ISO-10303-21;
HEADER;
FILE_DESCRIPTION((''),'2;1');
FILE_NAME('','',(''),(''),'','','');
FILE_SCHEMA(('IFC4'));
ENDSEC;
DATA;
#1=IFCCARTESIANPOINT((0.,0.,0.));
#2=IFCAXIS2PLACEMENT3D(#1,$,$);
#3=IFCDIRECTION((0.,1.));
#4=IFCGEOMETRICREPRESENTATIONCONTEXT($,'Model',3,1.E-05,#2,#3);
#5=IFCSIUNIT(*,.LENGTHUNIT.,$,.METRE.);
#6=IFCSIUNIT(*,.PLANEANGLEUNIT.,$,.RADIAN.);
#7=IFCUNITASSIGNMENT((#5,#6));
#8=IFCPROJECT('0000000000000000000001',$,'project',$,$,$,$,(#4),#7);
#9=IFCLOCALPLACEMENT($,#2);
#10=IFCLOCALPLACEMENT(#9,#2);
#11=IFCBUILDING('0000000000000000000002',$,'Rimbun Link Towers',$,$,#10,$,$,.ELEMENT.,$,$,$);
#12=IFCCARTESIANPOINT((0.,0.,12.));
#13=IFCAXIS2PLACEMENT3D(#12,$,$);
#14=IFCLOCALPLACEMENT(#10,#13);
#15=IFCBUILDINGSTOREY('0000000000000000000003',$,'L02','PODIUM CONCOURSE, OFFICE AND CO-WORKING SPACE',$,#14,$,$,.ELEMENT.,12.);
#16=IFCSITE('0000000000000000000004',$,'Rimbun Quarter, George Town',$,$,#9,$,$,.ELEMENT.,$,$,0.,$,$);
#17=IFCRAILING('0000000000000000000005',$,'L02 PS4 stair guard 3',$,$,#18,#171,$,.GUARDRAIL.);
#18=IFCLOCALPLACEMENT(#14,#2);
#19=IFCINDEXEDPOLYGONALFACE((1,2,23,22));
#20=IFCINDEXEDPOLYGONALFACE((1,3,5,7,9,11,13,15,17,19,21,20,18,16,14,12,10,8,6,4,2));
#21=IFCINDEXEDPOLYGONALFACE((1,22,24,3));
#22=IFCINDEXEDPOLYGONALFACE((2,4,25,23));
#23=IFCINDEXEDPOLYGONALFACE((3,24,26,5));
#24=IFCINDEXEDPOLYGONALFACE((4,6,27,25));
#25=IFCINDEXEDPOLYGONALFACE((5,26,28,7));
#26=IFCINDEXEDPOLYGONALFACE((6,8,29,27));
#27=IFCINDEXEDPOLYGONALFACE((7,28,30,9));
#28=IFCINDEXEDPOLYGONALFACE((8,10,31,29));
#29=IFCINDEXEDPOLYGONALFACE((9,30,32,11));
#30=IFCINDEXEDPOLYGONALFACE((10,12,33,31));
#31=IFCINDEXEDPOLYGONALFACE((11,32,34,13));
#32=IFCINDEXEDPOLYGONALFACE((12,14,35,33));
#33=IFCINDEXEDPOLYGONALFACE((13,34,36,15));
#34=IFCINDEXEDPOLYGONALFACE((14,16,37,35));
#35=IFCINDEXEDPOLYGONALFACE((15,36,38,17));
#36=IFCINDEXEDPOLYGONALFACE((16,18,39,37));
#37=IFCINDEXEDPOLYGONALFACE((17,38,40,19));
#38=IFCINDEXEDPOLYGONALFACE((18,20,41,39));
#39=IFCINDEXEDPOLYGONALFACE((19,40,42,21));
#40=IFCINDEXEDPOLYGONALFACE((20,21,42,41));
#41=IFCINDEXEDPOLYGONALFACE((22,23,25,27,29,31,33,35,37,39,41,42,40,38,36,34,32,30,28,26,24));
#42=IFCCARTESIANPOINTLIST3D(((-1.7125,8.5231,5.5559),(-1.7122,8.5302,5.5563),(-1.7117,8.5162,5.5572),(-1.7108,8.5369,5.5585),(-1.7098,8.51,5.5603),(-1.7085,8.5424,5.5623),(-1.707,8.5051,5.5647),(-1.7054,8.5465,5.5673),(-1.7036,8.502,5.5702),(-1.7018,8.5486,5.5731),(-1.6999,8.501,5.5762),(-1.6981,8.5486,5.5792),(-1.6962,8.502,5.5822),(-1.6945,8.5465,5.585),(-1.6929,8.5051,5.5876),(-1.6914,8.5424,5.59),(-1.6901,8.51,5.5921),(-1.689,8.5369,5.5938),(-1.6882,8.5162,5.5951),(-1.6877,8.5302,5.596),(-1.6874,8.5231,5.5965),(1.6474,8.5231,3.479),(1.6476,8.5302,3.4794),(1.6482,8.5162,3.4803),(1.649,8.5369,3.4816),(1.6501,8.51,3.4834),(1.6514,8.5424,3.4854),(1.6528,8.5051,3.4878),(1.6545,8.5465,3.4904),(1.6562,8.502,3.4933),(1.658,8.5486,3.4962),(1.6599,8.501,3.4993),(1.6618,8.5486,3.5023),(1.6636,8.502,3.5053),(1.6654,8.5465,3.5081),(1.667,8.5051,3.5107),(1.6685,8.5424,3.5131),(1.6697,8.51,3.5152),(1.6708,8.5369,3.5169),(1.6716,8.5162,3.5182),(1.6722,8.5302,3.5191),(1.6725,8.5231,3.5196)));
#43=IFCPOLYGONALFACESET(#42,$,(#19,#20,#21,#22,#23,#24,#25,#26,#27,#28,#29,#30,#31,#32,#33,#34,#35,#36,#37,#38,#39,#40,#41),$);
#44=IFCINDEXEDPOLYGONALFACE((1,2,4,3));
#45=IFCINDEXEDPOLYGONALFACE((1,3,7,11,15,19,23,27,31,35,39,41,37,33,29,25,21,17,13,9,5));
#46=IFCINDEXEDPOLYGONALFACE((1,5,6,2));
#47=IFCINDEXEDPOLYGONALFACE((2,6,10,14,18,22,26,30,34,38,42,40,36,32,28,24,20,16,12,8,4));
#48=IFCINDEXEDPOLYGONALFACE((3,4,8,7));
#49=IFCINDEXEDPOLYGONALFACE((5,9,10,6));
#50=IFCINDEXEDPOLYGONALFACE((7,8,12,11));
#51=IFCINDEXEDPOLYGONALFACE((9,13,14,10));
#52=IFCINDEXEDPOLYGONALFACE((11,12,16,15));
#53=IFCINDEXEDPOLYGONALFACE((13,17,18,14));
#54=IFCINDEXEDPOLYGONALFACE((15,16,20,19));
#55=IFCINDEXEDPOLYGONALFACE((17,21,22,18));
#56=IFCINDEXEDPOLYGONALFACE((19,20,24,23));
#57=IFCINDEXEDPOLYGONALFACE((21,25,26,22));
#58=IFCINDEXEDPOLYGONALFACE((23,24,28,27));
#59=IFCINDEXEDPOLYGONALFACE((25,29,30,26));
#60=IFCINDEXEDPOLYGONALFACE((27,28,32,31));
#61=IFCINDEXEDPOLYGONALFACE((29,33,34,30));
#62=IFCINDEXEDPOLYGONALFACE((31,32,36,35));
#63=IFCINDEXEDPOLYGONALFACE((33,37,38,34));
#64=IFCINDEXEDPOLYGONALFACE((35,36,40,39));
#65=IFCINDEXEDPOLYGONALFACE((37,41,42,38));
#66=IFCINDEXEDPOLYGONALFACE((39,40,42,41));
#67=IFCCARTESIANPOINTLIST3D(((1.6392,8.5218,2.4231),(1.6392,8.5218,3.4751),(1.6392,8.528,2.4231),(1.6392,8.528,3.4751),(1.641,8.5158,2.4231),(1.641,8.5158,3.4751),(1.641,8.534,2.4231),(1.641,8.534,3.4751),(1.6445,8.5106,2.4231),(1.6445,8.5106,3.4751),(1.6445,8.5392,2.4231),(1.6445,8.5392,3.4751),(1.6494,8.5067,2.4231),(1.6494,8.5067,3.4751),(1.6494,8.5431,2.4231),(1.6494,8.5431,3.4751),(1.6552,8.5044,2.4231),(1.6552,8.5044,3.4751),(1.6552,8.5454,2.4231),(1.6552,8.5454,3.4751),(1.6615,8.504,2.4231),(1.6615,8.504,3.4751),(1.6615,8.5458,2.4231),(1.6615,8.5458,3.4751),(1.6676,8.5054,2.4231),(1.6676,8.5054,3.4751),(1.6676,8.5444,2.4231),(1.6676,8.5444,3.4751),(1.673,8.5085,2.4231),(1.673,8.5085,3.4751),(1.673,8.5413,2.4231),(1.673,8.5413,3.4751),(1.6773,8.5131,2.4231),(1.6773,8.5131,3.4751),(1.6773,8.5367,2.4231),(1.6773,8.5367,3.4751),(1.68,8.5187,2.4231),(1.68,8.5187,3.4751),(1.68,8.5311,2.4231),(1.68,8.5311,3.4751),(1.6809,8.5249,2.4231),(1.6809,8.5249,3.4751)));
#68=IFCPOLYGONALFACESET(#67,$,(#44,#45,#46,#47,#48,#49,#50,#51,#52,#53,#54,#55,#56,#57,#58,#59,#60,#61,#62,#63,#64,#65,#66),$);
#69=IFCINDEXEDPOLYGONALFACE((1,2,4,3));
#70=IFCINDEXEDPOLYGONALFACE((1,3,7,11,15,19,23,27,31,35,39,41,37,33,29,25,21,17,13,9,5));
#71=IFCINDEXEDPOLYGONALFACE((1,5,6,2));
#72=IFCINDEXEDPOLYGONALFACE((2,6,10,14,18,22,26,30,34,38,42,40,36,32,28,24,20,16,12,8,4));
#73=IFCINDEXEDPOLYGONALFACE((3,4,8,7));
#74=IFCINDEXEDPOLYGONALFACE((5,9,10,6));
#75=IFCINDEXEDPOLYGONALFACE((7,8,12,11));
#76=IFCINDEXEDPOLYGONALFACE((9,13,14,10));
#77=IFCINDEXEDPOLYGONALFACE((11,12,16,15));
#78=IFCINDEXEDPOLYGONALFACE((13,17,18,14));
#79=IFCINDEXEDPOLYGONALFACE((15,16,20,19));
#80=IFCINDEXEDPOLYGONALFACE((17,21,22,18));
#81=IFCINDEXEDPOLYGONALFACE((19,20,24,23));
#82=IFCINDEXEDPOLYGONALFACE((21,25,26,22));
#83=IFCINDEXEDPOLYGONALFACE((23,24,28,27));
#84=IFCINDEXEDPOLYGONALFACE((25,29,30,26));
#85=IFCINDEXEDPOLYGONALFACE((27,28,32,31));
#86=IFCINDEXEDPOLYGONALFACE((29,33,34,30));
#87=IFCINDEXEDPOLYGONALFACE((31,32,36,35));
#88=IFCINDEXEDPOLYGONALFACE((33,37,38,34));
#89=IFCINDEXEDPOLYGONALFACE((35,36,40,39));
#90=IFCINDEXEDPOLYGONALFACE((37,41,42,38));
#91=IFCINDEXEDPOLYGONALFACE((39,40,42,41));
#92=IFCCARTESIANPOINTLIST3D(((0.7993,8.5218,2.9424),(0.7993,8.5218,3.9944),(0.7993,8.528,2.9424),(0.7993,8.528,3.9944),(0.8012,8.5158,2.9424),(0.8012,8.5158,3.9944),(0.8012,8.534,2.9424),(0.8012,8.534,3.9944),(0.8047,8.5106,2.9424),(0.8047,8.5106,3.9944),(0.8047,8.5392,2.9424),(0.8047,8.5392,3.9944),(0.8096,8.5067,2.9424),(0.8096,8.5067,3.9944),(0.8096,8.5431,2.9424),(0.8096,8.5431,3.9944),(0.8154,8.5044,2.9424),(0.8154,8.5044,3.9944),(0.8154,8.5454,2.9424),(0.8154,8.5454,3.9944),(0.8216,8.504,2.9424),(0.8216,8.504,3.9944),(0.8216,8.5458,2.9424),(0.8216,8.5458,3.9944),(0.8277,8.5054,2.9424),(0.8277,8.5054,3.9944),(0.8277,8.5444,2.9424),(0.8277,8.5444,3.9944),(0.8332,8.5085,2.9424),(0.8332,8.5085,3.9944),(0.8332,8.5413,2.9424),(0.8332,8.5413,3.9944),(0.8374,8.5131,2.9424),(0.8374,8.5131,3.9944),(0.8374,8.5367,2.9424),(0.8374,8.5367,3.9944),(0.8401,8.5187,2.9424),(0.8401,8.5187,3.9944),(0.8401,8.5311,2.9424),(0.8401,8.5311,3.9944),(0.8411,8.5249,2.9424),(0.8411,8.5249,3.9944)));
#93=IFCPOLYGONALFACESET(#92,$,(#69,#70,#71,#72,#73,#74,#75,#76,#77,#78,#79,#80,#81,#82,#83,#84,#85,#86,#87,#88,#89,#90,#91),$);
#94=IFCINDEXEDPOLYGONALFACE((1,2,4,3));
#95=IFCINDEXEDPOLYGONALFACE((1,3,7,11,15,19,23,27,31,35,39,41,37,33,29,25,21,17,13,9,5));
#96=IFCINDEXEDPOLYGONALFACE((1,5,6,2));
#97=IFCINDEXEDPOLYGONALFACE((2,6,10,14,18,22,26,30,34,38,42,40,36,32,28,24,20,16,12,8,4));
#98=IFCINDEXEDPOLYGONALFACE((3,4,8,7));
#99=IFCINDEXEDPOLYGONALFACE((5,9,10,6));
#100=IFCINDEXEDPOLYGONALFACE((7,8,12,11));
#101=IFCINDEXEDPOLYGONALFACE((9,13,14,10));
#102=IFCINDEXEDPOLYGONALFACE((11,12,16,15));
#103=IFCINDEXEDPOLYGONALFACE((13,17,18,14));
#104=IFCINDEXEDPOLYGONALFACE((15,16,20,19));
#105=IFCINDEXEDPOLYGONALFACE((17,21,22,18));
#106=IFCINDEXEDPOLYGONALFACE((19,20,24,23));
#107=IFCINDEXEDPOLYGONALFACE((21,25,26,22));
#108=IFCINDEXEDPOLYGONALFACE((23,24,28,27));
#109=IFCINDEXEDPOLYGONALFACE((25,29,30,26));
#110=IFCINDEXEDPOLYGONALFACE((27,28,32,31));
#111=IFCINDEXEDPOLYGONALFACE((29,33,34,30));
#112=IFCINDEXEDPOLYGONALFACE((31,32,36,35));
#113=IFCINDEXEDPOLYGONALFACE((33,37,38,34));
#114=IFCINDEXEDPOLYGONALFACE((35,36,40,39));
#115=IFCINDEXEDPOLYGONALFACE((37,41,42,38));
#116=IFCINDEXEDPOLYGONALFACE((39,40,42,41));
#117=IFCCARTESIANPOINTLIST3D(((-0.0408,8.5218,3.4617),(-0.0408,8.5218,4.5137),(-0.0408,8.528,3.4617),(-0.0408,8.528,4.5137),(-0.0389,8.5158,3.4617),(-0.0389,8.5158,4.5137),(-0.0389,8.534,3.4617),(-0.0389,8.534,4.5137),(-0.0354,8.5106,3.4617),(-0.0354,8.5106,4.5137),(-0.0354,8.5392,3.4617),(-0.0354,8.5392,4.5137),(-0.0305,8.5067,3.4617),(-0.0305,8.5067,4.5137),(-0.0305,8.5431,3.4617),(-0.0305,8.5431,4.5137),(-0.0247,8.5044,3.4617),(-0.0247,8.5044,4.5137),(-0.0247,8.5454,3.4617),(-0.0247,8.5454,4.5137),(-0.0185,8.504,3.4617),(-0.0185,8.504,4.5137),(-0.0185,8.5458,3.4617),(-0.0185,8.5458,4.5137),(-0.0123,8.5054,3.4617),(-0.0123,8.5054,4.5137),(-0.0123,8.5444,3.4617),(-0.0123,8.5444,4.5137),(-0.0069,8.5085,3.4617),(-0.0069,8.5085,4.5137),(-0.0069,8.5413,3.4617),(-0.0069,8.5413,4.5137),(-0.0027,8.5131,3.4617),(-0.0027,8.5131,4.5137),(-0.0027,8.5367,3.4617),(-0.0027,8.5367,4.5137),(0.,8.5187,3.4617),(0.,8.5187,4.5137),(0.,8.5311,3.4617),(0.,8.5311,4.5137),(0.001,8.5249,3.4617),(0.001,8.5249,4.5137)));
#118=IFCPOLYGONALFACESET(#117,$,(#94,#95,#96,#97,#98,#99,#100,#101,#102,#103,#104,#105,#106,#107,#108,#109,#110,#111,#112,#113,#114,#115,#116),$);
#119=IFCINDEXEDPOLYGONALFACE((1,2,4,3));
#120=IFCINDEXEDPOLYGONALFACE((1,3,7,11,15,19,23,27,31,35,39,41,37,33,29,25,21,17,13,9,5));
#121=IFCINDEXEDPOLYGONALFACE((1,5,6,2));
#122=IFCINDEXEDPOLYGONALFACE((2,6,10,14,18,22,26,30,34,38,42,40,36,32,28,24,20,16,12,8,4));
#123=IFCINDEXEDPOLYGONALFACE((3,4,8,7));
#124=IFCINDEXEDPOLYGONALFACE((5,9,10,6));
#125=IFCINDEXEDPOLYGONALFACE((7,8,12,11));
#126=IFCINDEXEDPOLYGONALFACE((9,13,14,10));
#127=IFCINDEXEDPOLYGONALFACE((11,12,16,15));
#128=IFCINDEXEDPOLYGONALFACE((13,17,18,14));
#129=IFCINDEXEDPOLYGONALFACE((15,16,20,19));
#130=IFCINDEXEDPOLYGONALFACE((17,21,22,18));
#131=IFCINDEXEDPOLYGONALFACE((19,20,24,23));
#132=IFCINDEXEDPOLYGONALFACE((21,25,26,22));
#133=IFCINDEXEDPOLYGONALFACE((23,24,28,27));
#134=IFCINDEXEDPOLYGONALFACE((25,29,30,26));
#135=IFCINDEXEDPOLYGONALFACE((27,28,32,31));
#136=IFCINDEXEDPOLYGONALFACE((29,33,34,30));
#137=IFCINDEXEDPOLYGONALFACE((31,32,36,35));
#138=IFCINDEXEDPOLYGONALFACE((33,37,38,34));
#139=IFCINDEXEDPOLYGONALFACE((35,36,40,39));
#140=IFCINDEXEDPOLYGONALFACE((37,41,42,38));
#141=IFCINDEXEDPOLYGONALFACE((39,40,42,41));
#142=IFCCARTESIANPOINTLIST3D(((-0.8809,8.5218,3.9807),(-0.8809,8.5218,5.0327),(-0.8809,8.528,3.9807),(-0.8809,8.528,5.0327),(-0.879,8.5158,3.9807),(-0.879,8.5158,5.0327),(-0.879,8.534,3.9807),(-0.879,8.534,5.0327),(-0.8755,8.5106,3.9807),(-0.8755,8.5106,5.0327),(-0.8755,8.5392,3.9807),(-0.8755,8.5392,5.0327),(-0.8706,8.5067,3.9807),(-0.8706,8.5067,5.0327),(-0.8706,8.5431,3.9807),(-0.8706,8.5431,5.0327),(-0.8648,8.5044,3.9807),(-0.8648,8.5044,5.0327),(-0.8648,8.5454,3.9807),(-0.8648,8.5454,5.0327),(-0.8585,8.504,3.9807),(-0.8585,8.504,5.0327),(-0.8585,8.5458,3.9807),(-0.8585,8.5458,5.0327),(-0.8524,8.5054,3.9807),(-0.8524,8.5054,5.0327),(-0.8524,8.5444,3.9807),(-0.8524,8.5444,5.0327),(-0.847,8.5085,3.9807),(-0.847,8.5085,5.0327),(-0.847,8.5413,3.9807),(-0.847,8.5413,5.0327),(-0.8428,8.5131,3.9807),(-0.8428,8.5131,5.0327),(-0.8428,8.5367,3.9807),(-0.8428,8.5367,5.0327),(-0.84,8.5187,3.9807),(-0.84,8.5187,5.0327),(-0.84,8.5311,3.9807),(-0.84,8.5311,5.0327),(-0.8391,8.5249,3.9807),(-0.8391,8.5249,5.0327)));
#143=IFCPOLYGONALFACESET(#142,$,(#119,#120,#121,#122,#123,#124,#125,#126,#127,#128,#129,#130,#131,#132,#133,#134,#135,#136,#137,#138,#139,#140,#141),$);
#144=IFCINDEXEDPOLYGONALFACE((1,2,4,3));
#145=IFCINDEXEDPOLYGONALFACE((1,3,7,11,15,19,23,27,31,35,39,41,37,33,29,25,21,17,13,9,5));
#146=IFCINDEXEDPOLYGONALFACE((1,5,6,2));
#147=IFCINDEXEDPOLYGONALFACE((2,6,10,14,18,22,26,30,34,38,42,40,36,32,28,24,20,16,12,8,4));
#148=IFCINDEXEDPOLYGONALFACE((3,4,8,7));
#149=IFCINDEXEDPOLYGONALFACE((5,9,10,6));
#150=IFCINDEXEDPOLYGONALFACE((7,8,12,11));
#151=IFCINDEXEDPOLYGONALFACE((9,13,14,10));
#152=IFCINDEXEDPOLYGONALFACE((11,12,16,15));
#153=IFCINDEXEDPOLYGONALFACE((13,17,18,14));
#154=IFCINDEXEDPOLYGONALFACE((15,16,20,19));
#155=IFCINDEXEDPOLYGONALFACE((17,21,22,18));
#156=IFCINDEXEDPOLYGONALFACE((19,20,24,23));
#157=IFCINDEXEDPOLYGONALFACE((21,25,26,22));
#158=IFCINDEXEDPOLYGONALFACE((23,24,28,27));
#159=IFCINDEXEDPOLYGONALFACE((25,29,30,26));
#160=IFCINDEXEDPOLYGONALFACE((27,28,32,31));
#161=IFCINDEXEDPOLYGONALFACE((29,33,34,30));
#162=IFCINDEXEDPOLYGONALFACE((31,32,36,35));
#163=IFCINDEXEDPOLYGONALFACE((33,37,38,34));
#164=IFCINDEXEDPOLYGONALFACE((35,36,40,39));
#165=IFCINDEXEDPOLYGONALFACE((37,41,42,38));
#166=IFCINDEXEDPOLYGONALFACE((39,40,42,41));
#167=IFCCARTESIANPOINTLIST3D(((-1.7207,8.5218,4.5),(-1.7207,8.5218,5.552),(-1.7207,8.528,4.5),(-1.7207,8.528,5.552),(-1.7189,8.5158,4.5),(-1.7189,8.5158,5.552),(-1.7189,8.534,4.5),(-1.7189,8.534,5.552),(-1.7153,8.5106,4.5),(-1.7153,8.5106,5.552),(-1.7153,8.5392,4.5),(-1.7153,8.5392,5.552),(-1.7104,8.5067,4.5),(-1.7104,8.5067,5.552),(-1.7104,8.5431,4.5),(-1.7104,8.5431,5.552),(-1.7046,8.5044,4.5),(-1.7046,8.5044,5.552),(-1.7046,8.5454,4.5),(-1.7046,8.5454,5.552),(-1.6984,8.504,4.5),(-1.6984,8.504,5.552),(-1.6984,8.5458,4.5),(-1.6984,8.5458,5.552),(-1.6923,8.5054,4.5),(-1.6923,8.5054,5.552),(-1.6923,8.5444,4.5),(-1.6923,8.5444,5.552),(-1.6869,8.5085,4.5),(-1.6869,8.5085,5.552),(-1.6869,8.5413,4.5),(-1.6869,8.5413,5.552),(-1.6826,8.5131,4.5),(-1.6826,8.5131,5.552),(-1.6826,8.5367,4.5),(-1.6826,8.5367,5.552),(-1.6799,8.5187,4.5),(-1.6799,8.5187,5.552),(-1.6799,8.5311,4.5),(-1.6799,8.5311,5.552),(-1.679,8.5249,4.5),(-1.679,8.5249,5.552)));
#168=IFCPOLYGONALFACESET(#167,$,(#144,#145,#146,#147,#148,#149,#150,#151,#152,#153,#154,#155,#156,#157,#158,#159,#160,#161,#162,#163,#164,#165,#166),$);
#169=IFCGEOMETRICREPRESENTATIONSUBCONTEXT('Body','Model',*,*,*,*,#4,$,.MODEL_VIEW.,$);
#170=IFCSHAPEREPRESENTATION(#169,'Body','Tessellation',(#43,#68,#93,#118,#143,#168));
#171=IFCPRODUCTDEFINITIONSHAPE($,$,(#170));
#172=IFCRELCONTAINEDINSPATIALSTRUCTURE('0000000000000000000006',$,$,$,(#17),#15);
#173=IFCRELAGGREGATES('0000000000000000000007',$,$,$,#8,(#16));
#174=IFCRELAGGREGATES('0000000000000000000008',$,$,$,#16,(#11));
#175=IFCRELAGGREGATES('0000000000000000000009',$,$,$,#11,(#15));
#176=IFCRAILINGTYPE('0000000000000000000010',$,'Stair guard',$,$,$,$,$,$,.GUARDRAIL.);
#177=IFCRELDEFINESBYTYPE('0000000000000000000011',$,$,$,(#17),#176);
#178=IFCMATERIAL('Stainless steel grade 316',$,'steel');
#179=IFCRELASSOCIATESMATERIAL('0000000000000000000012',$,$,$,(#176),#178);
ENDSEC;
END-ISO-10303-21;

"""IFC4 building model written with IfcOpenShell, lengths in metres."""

from ifc_helpers import new_model, si_unit, direction, frame, origin, origin_2d, place, context, subcontext, project, spatial, circle, extrude, material, type_object, element, save


model = new_model("IFC4")

# Units and contexts
model_context = context("Model", 3, precision=1e-05, world=origin(), true_north=direction((0.0, 1.0)))
body_context = subcontext(model_context, "Body", "Model", "MODEL_VIEW")
ifc_project = project(units=[si_unit("LENGTHUNIT", "METRE"), si_unit("PLANEANGLEUNIT", "RADIAN")], contexts=[model_context])

# Site, building, storey
site_placement = place(None, origin())
site = spatial("IfcSite", under=ifc_project, at=site_placement, Name="Rimbun Quarter, George Town", CompositionType="ELEMENT", RefElevation=0.0)
building_placement = place(site_placement, origin())
building = spatial("IfcBuilding", under=site, at=building_placement, Name="Rimbun Link Towers", CompositionType="ELEMENT")
storey_placement = place(building_placement, frame((0.0, 0.0, 12.0)))
storey = spatial("IfcBuildingStorey", under=building, at=storey_placement, Name="L02", Description="PODIUM CONCOURSE, OFFICE AND CO-WORKING SPACE", CompositionType="ELEMENT", Elevation=12.0)

# Railing
ifc_material_1 = material(Name="Stainless steel grade 316", Category="steel")
railing_type_1 = type_object("IfcRailingType", Name="Stair guard", PredefinedType="GUARDRAIL", material=ifc_material_1)
railing_1_placement = place(storey_placement, frame((1.6599, 8.5249, 2.4231)))
element("IfcRailing", 1, at=railing_1_placement, inside=storey, type_object=railing_type_1, Name="L02 PS4 stair guard 3", PredefinedType="GUARDRAIL", context=body_context, shape_type="SweptSolid", body=[
    extrude(circle(Radius=0.0239, at=origin_2d()), frame((0.0, 0.0, 1.0762), z_axis=(-0.850606, 0.0, 0.525803), x_axis=(0.0, -1.0, 0.0)), (0.0, 0.0, 1.0), 3.95),
    extrude(circle(Radius=0.021, at=origin_2d()), origin(), (0.0, 0.0, 1.0), 1.052),
    extrude(circle(Radius=0.021, at=origin_2d()), frame((-0.8398, 0.0, 0.5193)), (0.0, 0.0, 1.0), 1.052),
    extrude(circle(Radius=0.021, at=origin_2d()), frame((-1.6799, 0.0, 1.0386)), (0.0, 0.0, 1.0), 1.052),
    extrude(circle(Radius=0.021, at=origin_2d()), frame((-2.52, 0.0, 1.5576)), (0.0, 0.0, 1.0), 1.052),
    extrude(circle(Radius=0.021, at=origin_2d()), frame((-3.3599, 0.0, 2.0769)), (0.0, 0.0, 1.0), 1.052),
])

save(model, "model.ifc")
